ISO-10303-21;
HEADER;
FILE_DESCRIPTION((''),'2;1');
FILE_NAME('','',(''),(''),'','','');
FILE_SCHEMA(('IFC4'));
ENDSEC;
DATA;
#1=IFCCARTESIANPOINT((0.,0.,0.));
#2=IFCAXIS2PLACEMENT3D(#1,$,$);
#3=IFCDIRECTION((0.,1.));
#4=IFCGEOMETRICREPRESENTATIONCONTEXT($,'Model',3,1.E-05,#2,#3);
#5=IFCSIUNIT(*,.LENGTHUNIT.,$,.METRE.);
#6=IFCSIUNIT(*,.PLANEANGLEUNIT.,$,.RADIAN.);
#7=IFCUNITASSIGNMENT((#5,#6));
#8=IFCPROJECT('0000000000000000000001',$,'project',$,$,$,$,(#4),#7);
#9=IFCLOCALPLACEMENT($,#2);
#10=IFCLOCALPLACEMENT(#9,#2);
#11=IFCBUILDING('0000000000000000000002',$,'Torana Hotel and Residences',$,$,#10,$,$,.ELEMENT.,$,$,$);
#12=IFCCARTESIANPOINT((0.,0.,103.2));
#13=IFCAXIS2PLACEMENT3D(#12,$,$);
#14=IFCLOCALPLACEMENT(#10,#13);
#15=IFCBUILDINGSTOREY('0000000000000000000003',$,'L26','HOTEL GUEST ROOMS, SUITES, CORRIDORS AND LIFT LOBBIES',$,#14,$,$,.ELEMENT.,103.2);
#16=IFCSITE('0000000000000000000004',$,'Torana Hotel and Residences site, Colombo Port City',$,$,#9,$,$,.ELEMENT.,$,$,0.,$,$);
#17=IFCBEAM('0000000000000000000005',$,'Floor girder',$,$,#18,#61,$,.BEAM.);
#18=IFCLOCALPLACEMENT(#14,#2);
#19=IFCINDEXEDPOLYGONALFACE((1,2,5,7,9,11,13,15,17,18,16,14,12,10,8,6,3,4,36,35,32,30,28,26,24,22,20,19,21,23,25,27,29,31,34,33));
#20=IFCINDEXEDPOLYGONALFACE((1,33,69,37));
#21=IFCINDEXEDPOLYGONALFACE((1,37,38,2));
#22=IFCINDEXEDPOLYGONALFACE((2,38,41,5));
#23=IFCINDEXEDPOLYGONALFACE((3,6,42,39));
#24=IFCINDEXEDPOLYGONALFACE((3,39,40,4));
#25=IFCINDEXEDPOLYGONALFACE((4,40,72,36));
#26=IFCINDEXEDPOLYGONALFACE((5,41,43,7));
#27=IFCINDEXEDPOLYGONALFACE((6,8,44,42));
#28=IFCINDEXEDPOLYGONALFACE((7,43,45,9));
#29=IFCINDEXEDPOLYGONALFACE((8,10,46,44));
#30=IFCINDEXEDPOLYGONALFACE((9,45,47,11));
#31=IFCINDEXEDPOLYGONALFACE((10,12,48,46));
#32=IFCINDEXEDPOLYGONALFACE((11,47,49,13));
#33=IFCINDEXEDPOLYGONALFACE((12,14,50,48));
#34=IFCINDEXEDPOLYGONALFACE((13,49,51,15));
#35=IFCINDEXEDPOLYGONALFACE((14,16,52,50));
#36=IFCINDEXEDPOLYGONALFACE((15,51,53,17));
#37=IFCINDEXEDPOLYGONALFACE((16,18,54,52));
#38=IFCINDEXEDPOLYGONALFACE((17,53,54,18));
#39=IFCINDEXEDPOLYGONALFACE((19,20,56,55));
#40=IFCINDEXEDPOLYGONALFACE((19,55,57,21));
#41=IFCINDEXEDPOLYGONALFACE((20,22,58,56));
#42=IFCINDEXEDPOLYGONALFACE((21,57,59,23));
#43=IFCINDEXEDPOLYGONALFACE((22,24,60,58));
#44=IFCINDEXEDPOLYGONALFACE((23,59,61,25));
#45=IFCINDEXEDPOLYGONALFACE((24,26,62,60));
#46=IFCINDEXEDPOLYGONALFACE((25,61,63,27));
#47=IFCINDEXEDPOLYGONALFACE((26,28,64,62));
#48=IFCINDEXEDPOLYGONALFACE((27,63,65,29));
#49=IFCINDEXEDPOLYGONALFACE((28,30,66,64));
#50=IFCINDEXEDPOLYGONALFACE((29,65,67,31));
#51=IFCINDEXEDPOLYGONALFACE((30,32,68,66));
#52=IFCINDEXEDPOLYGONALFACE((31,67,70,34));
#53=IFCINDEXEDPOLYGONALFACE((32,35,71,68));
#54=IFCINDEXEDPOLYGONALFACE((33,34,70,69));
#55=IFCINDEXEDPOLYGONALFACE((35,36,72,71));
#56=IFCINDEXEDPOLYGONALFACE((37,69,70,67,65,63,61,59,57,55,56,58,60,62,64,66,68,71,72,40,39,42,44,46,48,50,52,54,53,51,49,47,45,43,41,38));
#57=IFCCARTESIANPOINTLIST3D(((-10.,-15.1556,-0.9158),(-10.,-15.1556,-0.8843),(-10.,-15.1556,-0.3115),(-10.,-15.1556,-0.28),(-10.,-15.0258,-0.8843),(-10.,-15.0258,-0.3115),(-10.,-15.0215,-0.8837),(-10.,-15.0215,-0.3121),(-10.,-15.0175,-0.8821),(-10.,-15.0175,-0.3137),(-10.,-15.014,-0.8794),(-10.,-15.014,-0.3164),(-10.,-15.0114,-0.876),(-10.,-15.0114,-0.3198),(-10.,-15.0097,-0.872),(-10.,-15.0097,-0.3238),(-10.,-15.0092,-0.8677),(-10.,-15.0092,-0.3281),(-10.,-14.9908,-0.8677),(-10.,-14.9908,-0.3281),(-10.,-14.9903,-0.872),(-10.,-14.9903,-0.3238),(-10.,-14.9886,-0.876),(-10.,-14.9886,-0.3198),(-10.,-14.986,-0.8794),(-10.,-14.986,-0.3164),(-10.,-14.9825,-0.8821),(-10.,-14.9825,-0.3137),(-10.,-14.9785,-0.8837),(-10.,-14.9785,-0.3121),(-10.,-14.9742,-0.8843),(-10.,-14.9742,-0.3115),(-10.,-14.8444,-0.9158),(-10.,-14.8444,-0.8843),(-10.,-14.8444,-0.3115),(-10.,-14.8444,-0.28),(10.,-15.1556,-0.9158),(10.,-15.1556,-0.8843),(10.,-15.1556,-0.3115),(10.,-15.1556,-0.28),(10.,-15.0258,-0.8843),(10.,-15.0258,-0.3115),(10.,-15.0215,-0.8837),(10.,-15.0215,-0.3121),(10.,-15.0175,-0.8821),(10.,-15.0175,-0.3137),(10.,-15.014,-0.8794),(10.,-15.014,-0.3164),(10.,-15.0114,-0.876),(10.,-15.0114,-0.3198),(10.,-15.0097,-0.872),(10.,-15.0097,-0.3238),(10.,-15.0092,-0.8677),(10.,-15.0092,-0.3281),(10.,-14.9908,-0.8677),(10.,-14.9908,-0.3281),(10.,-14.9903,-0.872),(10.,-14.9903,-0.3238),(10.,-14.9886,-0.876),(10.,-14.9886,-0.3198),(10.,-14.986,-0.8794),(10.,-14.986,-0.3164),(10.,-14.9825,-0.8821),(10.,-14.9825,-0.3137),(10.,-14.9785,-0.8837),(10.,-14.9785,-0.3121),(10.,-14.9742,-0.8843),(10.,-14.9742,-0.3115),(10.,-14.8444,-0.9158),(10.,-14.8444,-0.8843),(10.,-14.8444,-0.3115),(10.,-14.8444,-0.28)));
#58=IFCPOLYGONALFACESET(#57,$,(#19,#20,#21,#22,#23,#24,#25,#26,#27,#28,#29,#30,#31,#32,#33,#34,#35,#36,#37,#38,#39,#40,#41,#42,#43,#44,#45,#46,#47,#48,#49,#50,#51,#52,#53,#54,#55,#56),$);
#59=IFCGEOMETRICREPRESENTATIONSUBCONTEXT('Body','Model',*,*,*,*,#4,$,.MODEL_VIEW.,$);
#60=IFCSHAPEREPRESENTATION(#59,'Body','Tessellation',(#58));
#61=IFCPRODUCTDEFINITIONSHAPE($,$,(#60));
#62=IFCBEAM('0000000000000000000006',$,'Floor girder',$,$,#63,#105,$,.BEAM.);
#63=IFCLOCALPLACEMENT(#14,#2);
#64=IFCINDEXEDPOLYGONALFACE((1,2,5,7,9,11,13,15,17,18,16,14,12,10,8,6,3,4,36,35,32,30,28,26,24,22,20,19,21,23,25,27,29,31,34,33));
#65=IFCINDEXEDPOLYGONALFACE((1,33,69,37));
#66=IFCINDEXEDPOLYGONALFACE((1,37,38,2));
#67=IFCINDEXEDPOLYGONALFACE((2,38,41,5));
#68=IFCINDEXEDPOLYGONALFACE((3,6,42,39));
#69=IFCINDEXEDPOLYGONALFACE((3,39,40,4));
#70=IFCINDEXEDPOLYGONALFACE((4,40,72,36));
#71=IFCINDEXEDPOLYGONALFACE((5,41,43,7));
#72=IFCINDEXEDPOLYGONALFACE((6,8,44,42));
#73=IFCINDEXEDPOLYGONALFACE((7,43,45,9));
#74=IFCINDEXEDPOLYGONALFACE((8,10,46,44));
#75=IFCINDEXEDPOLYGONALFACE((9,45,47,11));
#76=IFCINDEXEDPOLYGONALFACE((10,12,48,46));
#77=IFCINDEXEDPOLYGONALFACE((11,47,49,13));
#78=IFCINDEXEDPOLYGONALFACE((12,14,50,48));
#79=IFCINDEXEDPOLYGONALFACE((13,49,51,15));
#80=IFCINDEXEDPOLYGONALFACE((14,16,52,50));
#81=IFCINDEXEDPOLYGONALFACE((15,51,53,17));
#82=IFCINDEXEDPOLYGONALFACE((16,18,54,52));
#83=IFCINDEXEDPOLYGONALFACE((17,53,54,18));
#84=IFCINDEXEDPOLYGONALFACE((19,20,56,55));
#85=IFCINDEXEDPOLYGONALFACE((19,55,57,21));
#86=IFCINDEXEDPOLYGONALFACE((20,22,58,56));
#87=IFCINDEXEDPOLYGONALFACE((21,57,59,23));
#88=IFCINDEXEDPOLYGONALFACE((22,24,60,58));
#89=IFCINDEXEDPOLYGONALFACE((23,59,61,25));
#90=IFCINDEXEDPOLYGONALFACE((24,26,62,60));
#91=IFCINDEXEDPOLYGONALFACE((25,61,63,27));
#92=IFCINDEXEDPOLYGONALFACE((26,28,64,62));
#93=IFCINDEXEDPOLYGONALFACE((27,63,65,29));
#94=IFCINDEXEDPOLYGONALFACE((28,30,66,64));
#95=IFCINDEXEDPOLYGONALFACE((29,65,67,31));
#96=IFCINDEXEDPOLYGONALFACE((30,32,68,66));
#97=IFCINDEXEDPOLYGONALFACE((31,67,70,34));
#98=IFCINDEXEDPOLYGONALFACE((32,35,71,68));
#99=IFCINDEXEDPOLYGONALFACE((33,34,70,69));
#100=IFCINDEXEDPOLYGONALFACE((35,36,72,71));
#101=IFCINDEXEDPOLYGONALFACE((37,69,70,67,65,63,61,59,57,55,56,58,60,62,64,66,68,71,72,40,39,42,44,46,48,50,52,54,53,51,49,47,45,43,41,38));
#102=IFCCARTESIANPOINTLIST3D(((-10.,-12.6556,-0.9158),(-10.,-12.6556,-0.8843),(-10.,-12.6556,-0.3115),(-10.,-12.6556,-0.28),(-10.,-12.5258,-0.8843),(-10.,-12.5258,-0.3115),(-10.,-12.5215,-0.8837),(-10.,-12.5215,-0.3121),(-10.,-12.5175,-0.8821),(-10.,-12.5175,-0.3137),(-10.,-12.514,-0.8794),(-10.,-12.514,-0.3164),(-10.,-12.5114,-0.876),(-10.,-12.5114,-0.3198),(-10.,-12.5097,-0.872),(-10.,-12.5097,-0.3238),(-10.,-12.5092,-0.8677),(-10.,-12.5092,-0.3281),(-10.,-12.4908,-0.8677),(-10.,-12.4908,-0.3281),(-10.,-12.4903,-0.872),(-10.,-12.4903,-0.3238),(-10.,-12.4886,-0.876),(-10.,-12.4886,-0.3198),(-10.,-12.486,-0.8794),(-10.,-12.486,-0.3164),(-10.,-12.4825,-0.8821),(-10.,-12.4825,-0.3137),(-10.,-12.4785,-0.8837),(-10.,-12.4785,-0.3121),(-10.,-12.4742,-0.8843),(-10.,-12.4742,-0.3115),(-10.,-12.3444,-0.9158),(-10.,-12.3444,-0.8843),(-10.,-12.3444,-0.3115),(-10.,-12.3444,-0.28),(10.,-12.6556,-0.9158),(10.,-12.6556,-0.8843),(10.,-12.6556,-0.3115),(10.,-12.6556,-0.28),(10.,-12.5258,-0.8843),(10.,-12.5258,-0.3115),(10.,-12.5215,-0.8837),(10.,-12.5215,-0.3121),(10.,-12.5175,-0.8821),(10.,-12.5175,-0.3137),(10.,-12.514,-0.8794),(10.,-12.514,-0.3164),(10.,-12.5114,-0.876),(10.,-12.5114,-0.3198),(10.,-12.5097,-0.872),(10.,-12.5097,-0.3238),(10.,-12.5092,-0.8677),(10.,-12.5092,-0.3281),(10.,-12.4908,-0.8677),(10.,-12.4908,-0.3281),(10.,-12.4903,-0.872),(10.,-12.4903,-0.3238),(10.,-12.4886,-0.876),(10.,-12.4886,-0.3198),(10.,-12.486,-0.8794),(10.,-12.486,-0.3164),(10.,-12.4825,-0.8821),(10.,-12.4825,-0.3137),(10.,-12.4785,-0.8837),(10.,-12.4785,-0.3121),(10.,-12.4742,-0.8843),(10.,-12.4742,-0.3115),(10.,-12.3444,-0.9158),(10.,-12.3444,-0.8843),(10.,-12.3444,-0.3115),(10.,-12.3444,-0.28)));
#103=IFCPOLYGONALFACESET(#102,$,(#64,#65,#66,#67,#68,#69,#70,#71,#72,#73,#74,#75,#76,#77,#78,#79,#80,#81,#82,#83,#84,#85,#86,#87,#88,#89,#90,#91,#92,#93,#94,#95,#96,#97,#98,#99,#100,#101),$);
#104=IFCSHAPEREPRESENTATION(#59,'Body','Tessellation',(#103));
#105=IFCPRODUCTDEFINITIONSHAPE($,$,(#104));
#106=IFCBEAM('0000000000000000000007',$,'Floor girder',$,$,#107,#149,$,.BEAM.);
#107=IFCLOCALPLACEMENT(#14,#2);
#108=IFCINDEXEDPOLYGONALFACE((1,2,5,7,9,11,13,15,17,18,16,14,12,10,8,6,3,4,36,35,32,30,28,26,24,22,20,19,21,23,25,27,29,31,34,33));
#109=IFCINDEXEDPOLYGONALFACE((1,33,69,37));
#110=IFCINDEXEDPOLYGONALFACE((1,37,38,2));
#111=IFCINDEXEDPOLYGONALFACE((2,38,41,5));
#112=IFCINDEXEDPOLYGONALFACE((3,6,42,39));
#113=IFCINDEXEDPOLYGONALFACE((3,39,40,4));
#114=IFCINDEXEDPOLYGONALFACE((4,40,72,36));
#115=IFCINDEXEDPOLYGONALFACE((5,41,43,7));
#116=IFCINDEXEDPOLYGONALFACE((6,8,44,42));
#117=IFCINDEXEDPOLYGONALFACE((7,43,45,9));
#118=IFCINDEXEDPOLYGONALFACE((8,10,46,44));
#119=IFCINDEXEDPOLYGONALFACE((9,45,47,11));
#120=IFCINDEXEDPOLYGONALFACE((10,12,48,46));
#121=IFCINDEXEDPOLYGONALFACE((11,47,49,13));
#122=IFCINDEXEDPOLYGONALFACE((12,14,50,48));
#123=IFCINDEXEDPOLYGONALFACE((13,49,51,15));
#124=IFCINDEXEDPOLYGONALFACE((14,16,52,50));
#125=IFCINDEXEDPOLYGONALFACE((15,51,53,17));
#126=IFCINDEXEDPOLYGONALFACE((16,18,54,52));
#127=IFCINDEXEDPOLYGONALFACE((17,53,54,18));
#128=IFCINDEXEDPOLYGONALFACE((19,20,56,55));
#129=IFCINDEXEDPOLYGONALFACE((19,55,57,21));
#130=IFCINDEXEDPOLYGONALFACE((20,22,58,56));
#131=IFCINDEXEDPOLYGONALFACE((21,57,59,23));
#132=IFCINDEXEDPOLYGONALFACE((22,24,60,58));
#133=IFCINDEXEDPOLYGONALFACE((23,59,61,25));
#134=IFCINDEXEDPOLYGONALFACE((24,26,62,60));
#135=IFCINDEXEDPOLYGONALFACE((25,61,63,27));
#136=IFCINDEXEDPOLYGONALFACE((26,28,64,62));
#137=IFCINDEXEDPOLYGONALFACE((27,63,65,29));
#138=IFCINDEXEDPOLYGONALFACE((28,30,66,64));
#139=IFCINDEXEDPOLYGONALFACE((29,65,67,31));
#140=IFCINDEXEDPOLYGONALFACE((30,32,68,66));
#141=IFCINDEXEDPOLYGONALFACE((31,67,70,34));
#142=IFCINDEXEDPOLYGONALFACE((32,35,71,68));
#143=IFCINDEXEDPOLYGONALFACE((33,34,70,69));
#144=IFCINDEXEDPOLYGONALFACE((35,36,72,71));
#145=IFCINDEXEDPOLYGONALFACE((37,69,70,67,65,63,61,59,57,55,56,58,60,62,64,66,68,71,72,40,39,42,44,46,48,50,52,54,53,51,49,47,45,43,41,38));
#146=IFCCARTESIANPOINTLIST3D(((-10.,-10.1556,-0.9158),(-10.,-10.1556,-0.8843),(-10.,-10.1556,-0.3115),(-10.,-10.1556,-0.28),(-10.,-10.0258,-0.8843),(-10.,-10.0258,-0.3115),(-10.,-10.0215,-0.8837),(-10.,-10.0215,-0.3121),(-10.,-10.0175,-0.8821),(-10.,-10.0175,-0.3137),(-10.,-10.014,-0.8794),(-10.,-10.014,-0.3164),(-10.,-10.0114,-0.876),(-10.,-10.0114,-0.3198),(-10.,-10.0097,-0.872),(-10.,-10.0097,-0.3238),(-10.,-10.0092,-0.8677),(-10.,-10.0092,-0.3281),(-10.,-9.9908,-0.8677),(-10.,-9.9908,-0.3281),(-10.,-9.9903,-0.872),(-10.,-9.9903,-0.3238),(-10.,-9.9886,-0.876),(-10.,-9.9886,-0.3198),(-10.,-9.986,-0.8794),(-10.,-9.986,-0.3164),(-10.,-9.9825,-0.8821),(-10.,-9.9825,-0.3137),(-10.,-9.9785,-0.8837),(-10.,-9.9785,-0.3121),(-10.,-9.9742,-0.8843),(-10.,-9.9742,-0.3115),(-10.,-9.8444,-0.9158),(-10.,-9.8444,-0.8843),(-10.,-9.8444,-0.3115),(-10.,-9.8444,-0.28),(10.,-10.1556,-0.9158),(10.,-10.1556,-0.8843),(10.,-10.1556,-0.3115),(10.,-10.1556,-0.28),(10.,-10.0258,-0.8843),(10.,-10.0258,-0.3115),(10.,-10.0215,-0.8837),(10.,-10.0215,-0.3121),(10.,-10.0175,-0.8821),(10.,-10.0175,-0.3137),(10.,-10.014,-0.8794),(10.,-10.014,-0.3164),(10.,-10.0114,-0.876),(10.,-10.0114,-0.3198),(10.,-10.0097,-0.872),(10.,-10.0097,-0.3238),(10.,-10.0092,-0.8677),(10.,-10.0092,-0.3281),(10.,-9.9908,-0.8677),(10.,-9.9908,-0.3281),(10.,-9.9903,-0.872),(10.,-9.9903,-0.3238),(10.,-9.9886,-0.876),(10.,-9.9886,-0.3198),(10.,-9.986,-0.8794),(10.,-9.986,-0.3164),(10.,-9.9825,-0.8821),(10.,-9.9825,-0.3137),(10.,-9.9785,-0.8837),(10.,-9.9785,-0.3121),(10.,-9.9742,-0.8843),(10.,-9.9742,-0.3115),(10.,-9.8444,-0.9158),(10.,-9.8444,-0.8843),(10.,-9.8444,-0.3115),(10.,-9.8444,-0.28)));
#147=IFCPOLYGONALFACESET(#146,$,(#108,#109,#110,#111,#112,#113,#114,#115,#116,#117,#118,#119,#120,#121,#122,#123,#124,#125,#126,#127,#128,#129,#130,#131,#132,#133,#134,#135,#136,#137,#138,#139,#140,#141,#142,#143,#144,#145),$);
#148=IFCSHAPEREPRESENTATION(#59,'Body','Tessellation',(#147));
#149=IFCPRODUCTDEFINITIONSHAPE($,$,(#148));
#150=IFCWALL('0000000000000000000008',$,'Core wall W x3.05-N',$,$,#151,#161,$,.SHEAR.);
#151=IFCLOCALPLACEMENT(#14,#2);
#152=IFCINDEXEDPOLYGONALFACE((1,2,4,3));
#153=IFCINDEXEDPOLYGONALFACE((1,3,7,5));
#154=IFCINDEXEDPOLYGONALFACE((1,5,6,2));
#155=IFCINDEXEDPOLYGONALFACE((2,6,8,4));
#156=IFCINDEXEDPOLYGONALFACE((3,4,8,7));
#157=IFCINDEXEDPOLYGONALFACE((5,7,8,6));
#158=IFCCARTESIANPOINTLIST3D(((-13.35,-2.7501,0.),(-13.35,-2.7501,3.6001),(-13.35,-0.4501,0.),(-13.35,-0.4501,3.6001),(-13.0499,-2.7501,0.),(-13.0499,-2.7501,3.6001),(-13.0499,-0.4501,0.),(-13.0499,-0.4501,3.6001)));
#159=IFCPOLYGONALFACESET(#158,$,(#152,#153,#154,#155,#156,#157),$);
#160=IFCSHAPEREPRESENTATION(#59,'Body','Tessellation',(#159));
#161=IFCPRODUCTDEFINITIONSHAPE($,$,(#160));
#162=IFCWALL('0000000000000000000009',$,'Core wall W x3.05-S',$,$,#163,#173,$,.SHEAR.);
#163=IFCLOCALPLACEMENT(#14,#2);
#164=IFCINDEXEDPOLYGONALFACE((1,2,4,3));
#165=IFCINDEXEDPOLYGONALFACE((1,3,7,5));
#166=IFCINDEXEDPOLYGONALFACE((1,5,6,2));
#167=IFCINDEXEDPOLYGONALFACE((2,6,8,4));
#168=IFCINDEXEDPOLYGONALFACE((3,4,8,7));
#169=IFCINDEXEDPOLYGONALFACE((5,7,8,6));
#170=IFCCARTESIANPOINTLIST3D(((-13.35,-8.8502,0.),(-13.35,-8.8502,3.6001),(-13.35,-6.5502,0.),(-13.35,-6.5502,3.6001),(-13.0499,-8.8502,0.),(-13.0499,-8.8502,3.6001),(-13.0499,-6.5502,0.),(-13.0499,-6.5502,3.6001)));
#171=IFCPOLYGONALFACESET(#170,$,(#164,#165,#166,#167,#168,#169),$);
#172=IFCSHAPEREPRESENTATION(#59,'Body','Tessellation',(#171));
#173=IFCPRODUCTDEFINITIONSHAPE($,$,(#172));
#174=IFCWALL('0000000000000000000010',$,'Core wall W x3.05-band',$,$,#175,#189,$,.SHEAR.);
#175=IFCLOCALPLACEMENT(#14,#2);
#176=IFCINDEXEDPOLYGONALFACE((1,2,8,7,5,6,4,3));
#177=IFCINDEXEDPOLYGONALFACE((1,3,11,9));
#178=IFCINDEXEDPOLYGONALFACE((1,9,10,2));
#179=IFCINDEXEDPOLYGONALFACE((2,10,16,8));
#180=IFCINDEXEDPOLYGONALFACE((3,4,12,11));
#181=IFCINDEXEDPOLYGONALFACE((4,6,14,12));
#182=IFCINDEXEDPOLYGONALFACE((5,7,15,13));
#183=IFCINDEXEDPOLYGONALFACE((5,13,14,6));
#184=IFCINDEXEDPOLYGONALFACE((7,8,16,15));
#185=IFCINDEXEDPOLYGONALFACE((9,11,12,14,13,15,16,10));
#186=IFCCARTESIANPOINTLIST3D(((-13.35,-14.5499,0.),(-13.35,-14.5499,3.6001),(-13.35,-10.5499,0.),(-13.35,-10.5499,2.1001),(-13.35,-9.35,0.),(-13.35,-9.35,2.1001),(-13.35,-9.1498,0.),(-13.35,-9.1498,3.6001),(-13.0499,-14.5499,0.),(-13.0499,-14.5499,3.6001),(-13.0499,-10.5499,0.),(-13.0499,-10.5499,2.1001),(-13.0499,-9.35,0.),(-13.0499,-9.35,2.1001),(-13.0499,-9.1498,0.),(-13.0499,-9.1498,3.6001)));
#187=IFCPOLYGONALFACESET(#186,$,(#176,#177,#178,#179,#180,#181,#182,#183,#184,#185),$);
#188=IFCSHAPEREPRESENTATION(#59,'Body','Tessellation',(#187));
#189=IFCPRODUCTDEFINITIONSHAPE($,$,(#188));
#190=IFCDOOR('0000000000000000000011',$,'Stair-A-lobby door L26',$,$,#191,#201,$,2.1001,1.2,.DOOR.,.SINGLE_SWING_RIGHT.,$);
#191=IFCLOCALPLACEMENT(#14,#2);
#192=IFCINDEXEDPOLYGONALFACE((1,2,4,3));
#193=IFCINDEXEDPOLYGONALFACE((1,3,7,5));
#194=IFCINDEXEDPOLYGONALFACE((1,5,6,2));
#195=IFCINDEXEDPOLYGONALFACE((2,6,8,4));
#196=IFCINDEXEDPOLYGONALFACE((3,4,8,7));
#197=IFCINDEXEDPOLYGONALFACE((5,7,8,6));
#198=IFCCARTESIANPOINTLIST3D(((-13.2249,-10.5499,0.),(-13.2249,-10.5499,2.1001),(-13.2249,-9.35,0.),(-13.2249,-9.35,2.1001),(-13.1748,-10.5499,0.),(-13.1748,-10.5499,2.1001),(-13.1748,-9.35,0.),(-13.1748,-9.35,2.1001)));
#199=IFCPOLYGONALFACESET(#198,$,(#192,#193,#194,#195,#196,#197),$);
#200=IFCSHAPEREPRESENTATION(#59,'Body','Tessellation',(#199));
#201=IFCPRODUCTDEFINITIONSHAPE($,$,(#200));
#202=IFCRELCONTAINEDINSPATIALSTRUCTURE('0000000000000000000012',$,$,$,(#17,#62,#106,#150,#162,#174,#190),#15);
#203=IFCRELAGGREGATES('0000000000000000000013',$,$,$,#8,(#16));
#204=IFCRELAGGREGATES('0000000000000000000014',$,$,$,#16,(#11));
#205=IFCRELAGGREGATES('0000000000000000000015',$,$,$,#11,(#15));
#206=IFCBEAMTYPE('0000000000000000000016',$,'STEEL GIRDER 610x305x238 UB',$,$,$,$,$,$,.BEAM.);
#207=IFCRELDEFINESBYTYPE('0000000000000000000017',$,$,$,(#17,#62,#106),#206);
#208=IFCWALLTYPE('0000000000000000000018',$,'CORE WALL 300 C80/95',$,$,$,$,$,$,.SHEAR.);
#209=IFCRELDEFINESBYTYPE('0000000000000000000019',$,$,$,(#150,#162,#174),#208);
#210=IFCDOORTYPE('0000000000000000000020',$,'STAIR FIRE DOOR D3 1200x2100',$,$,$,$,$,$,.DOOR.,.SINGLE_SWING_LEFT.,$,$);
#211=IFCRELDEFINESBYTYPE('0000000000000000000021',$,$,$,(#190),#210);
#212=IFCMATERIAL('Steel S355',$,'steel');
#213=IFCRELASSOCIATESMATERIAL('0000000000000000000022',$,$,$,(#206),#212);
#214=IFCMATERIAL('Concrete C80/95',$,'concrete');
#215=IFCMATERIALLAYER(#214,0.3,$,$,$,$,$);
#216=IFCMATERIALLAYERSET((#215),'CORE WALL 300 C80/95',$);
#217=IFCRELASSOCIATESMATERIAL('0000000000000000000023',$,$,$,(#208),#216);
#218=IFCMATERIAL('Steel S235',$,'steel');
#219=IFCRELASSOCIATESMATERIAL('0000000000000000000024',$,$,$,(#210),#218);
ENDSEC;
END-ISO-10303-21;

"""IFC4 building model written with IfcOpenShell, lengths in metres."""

from ifc_helpers import new_model, si_unit, direction, frame, frame_2d, origin, origin_2d, place, context, subcontext, project, spatial, rectangle, i_section, extrude, material, layer, layer_set, material_profile, profile_set, type_object, element, fill, save


model = new_model("IFC4")

# Units and contexts
model_context = context("Model", 3, precision=1e-05, world=origin(), true_north=direction((0.0, 1.0)))
body_context = subcontext(model_context, "Body", "Model", "MODEL_VIEW")
ifc_project = project(units=[si_unit("LENGTHUNIT", "METRE"), si_unit("PLANEANGLEUNIT", "RADIAN")], contexts=[model_context])

# Site, building, storey
site_placement = place(None, origin())
site = spatial("IfcSite", under=ifc_project, at=site_placement, Name="Torana Hotel and Residences site, Colombo Port City", CompositionType="ELEMENT", RefElevation=0.0)
building_placement = place(site_placement, origin())
building = spatial("IfcBuilding", under=site, at=building_placement, Name="Torana Hotel and Residences", CompositionType="ELEMENT")
storey_placement = place(building_placement, frame((0.0, 0.0, 103.2)))
storey = spatial("IfcBuildingStorey", under=building, at=storey_placement, Name="L26", Description="HOTEL GUEST ROOMS, SUITES, CORRIDORS AND LIFT LOBBIES", CompositionType="ELEMENT", Elevation=103.2)

# Beams
ifc_material_1 = material(Name="Steel S355", Category="steel")
ifc_material_profile = material_profile(ifc_material_1, i_section(OverallWidth=0.3113, OverallDepth=0.6357, WebThickness=0.0183, FlangeThickness=0.0315, FilletRadius=0.0166, at=origin_2d()), Name="610x305x238 UB")
ifc_profile_set = profile_set([ifc_material_profile], Name="Steel S355")
beam_type = type_object("IfcBeamType", Name="STEEL GIRDER 610x305x238 UB", PredefinedType="BEAM", material=ifc_profile_set)
for number, where, z_axis, x_axis, name in (
    (1, (-10.0, -15.0, -0.5979), (1.0, 0.0, 0.0), (0.0, 1.0, 0.0), "Floor girder"),
    (2, (-10.0, -12.5, -0.5979), (1.0, 0.0, 0.0), (0.0, 1.0, 0.0), "Floor girder"),
    (3, (-10.0, -10.0, -0.5979), (1.0, 0.0, 0.0), (0.0, 1.0, 0.0), "Floor girder"),
):
    element("IfcBeam", number, at=place(storey_placement, frame(where, z_axis=z_axis, x_axis=x_axis)), inside=storey, type_object=beam_type, Name=name, PredefinedType="BEAM", context=body_context, shape_type="SweptSolid", body=[
        extrude(i_section(OverallWidth=0.3113, OverallDepth=0.6357, WebThickness=0.0183, FlangeThickness=0.0315, FilletRadius=0.0166, at=origin_2d()), origin(), (0.0, 0.0, 1.0), 20.0),
    ])

# Walls
ifc_material_2 = material(Name="Concrete C80/95", Category="concrete")
ifc_layer_1 = layer(ifc_material_2, 0.3)
ifc_layer_set_1 = layer_set([ifc_layer_1], Name="CORE WALL 300 C80/95")
wall_type_1 = type_object("IfcWallType", Name="CORE WALL 300 C80/95", PredefinedType="SHEAR", material=ifc_layer_set_1)
for number, where, z_axis, x_axis, name in (
    (4, (-13.2, -2.75, 0.0), (0.0, 0.0, 1.0), (0.0, 1.0, 0.0), "Core wall W x3.05-N"),
    (5, (-13.2, -8.8501, 0.0), (0.0, 0.0, 1.0), (0.0, 1.0, 0.0), "Core wall W x3.05-S"),
):
    element("IfcWall", number, at=place(storey_placement, frame(where, z_axis=z_axis, x_axis=x_axis)), inside=storey, type_object=wall_type_1, Name=name, PredefinedType="SHEAR", context=body_context, shape_type="SweptSolid", body=[
        extrude(rectangle(XDim=2.3, YDim=0.3, at=frame_2d((1.1499, 0.0))), origin(), (0.0, 0.0, 1.0), 3.6001),
    ])

# Wall, opening, door
wall_1_placement = place(storey_placement, frame((-13.2, -14.55, 0.0), z_axis=(0.0, 0.0, 1.0), x_axis=(0.0, 1.0, 0.0)))
wall_1 = element("IfcWall", 6, at=wall_1_placement, inside=storey, type_object=wall_type_1, Name="Core wall W x3.05-band", PredefinedType="SHEAR", context=body_context, shape_type="SweptSolid", body=[
    extrude(rectangle(XDim=5.4001, YDim=0.3, at=frame_2d((2.7002, 0.0))), origin(), (0.0, 0.0, 1.0), 3.6001),
])
opening_1_placement = place(wall_1_placement, frame((4.0, 0.0, 0.0)))
opening_1 = element("IfcOpeningElement", 7, at=opening_1_placement, cuts=wall_1, PredefinedType="OPENING", context=body_context, shape_type="SweptSolid", body=[
    extrude(rectangle(XDim=1.2, YDim=2.1001, at=frame_2d((0.6001, 1.05))), frame((0.0, 0.1599, 0.0), z_axis=(0.0, -1.0, 0.0), x_axis=(1.0, 0.0, 0.0)), (0.0, 0.0, 1.0), 0.3201),
])
ifc_material_3 = material(Name="Steel S235", Category="steel")
door_type_1 = type_object("IfcDoorType", Name="STAIR FIRE DOOR D3 1200x2100", OperationType="SINGLE_SWING_LEFT", PredefinedType="DOOR", material=ifc_material_3)
door_1_placement = place(opening_1_placement, frame((0.6001, 0.0, 0.0), z_axis=(0.0, 0.0, 1.0), x_axis=(-1.0, 0.0, 0.0)))
door_1 = element("IfcDoor", 8, at=door_1_placement, inside=storey, type_object=door_type_1, Name="Stair-A-lobby door L26", OperationType="SINGLE_SWING_RIGHT", OverallHeight=2.1001, OverallWidth=1.2, PredefinedType="DOOR", context=body_context, shape_type="SweptSolid", body=[
    extrude(rectangle(XDim=1.2, YDim=2.1001, at=frame_2d((0.0, 1.05))), frame((0.0, -0.0249, 0.0), z_axis=(0.0, 1.0, 0.0), x_axis=(-1.0, 0.0, 0.0)), (0.0, 0.0, 1.0), 0.05),
])
fill(opening_1, door_1)

save(model, "model.ifc")
